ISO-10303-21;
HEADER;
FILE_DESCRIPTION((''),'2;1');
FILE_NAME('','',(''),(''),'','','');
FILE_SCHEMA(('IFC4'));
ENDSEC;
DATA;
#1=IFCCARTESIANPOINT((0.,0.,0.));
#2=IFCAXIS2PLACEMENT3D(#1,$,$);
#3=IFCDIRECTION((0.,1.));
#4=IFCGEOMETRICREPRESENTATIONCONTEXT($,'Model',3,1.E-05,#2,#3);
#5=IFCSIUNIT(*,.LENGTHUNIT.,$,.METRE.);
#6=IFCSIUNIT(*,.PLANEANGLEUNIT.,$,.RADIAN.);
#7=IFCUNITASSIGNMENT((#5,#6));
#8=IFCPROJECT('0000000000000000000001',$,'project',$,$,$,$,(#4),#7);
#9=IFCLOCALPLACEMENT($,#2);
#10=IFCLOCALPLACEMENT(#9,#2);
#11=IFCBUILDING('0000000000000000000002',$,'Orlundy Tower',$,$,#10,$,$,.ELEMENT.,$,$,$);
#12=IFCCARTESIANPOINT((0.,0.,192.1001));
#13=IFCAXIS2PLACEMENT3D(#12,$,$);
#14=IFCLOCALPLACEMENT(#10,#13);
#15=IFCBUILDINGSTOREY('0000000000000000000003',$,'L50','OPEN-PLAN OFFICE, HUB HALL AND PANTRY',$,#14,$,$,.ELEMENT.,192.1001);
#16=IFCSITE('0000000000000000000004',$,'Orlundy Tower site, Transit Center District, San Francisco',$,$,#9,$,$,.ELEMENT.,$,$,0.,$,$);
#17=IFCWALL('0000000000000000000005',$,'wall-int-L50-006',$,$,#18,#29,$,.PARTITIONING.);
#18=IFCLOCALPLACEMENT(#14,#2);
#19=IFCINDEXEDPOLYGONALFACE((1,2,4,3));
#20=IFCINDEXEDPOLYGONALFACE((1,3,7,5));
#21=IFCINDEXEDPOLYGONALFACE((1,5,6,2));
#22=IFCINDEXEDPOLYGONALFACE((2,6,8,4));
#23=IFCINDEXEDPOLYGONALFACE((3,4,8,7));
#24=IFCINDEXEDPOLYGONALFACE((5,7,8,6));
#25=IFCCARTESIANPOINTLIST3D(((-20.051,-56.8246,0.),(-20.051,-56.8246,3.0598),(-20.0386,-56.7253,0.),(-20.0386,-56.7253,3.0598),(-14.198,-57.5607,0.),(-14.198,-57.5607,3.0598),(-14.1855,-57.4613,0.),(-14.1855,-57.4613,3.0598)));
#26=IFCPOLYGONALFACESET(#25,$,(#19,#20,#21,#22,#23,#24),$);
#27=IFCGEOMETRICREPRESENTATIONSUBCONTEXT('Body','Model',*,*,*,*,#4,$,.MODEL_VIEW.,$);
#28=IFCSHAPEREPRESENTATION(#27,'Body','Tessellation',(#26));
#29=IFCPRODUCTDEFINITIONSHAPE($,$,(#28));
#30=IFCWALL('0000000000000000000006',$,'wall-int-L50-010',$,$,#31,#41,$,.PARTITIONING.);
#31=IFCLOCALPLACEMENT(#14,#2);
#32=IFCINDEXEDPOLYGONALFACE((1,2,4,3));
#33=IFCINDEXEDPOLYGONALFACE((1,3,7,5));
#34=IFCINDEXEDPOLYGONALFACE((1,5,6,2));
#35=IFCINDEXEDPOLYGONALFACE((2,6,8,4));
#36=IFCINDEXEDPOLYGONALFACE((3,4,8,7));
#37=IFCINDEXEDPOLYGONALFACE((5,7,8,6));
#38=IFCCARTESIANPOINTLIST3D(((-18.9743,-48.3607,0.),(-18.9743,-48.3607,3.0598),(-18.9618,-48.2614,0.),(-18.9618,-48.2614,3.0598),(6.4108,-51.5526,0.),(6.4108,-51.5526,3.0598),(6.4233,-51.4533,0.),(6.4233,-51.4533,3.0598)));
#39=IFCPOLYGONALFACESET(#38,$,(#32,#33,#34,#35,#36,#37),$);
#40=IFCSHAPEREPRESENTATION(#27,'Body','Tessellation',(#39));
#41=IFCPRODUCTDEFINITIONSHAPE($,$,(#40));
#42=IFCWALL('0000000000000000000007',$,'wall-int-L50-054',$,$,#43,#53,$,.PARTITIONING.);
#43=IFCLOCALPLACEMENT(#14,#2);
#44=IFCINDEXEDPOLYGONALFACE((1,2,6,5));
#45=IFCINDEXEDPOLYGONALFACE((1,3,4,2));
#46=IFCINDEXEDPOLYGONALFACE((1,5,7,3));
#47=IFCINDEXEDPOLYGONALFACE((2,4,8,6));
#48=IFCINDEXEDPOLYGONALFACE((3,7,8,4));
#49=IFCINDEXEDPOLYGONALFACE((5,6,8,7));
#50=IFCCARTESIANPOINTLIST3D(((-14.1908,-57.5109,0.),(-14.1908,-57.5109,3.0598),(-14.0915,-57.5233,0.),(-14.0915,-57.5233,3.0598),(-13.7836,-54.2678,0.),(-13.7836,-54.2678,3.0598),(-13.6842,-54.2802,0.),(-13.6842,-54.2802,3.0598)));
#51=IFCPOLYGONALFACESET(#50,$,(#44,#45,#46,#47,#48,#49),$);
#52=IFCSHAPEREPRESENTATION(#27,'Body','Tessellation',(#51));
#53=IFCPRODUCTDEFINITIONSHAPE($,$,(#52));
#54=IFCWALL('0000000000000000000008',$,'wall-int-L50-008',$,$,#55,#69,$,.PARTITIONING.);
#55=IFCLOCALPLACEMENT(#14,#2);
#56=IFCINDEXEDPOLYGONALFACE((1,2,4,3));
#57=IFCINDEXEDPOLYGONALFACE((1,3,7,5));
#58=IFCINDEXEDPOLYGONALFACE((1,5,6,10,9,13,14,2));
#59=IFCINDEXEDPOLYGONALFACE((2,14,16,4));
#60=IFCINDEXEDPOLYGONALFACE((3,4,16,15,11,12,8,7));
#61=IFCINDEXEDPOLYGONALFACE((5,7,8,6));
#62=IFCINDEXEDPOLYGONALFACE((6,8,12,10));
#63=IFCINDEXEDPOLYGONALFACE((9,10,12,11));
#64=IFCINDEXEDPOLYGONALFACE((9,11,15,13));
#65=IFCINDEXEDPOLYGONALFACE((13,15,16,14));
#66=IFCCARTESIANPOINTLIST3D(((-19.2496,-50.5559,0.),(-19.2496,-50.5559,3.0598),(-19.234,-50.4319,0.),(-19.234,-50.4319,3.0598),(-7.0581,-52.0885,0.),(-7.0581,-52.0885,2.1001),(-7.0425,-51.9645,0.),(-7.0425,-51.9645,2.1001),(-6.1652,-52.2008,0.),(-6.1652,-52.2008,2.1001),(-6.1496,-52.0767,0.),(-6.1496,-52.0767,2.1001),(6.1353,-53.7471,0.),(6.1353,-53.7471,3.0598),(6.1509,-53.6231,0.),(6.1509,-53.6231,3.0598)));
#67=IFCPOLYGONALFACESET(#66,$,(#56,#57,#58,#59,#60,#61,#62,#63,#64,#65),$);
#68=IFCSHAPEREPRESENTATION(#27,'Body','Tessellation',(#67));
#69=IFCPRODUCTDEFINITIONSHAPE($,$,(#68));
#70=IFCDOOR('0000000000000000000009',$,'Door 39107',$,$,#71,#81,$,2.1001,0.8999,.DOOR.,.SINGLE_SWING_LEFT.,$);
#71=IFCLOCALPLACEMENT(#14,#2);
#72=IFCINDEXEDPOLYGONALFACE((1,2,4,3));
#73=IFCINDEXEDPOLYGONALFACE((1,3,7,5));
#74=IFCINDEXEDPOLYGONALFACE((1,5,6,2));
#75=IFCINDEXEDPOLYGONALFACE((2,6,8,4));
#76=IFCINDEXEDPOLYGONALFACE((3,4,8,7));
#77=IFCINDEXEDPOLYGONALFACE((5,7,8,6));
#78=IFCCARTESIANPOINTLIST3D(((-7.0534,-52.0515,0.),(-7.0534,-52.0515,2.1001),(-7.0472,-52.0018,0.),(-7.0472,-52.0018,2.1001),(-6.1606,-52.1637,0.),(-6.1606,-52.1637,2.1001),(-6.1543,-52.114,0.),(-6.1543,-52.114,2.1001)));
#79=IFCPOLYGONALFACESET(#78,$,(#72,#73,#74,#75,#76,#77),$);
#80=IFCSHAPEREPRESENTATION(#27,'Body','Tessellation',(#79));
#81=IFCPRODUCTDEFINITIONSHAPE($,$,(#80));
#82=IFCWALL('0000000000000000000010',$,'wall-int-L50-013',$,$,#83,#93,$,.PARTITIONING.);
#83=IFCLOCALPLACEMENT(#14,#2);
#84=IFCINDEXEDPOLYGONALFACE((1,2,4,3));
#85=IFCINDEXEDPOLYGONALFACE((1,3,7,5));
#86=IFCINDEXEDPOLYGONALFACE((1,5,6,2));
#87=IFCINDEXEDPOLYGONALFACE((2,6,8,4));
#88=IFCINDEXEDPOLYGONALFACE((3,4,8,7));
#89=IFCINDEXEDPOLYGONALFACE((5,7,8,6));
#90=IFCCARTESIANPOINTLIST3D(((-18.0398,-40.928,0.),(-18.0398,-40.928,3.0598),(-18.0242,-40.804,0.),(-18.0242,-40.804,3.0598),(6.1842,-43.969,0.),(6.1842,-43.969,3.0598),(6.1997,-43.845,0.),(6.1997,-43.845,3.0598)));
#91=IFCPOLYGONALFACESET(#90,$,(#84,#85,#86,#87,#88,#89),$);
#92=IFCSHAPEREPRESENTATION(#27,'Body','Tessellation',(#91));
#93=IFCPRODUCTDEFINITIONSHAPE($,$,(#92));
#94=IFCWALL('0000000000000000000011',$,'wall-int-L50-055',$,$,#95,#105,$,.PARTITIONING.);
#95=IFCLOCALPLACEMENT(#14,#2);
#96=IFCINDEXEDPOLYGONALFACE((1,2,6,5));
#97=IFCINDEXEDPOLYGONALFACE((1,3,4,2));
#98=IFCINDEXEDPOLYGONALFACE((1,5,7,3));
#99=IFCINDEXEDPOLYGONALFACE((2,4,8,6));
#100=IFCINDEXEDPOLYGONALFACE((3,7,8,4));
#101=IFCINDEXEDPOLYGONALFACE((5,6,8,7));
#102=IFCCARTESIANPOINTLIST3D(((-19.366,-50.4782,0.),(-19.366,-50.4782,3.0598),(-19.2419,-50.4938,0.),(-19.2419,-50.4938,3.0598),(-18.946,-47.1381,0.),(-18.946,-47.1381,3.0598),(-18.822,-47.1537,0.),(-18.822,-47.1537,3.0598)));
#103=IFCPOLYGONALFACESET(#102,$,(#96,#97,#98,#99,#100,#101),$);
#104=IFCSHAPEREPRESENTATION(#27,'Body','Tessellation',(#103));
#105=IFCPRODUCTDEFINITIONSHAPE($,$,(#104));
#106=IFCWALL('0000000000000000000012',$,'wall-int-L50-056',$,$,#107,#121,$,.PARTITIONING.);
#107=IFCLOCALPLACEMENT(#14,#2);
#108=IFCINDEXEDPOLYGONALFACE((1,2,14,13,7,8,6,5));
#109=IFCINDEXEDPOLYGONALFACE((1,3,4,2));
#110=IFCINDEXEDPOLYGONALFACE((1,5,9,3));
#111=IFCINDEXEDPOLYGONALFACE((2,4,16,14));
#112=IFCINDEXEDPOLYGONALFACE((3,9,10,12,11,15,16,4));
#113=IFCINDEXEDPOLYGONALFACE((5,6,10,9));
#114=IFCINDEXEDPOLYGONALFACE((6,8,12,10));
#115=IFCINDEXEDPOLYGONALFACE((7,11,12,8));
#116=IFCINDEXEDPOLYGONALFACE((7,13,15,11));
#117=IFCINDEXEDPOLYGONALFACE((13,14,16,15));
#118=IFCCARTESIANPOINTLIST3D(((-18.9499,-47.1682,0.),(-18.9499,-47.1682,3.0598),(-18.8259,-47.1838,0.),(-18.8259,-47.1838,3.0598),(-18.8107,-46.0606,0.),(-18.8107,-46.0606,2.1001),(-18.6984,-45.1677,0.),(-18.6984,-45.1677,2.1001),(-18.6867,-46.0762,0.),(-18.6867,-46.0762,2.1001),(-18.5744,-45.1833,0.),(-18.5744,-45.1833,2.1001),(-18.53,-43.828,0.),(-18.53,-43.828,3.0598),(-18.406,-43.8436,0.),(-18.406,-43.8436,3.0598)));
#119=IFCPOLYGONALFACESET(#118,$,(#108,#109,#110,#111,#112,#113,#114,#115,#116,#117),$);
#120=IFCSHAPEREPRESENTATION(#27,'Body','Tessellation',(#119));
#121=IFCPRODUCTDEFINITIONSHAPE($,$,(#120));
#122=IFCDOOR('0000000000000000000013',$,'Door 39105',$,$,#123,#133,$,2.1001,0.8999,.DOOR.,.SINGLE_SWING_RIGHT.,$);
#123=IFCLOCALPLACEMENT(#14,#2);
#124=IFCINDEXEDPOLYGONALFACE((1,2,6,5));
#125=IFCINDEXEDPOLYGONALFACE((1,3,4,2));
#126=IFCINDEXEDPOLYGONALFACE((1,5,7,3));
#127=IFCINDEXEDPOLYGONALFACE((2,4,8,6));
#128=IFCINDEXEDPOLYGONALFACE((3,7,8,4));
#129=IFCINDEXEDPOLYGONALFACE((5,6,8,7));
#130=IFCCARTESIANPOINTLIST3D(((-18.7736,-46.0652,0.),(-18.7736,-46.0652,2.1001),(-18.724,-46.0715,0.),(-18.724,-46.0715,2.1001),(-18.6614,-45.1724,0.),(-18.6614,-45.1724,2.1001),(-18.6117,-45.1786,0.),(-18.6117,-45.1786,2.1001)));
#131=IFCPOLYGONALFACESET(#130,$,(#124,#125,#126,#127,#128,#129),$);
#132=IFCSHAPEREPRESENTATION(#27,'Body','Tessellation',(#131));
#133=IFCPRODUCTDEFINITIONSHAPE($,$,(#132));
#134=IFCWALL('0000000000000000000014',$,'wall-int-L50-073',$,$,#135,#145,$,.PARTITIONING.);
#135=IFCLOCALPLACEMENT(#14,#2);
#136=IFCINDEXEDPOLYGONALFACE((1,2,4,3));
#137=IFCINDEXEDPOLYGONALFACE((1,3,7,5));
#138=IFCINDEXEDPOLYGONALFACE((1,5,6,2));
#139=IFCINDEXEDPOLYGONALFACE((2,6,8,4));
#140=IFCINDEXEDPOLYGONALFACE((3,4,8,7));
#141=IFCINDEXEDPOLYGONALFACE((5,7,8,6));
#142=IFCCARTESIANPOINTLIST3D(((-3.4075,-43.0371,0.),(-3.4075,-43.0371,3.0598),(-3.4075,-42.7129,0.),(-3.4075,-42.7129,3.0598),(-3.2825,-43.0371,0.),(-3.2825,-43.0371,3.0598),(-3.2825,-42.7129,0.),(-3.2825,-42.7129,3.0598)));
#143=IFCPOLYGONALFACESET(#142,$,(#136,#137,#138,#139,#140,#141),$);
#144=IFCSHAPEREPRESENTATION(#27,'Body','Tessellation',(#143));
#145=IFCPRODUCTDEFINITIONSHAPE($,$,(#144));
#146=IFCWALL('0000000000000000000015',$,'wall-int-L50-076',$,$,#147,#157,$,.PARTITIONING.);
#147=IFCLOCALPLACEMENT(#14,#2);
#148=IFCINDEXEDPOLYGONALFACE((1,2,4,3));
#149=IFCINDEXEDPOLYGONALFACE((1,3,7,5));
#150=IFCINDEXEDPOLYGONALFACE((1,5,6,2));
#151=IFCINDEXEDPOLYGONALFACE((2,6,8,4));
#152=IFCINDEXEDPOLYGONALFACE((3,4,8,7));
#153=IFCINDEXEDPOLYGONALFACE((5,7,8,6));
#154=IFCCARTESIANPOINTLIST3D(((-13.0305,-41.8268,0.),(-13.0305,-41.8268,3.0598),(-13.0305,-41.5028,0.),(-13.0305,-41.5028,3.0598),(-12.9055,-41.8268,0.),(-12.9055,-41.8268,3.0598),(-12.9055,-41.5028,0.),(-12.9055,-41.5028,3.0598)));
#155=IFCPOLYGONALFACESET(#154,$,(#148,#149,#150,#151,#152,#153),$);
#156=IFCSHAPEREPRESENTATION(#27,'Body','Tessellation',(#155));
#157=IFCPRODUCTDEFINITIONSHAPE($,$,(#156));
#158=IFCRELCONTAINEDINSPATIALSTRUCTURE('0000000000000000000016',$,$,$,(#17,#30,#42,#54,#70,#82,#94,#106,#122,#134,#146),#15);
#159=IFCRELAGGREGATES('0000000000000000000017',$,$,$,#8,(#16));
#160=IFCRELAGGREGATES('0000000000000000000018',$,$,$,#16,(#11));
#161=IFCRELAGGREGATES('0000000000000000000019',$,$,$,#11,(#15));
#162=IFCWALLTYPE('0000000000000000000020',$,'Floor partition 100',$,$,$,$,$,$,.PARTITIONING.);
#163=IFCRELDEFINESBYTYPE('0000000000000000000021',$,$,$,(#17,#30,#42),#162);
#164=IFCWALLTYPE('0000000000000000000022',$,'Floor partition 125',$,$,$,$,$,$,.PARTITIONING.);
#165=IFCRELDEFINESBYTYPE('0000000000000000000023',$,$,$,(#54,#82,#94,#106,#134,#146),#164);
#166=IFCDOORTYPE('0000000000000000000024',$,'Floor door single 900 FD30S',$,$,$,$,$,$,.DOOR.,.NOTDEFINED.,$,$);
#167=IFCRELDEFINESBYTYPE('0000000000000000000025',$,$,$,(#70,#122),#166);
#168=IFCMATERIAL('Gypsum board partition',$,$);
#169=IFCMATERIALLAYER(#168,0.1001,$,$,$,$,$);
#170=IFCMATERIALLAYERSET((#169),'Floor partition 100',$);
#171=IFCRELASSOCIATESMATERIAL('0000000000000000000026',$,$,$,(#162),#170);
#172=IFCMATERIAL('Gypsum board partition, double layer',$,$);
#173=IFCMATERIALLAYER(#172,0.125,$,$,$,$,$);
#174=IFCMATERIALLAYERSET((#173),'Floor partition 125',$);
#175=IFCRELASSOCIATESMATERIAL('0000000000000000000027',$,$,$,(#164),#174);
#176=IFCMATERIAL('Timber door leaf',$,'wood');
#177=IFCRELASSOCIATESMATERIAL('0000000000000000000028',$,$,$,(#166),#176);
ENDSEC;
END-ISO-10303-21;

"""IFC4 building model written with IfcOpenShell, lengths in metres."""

from ifc_helpers import new_model, si_unit, direction, frame, frame_2d, origin, place, context, subcontext, project, spatial, rectangle, extrude, material, layer, layer_set, type_object, element, fill, save


model = new_model("IFC4")

# Units and contexts
model_context = context("Model", 3, precision=1e-05, world=origin(), true_north=direction((0.0, 1.0)))
body_context = subcontext(model_context, "Body", "Model", "MODEL_VIEW")
ifc_project = project(units=[si_unit("LENGTHUNIT", "METRE"), si_unit("PLANEANGLEUNIT", "RADIAN")], contexts=[model_context])

# Site, building, storey
site_placement = place(None, origin())
site = spatial("IfcSite", under=ifc_project, at=site_placement, Name="Orlundy Tower site, Transit Center District, San Francisco", CompositionType="ELEMENT", RefElevation=0.0)
building_placement = place(site_placement, origin())
building = spatial("IfcBuilding", under=site, at=building_placement, Name="Orlundy Tower", CompositionType="ELEMENT")
storey_placement = place(building_placement, frame((0.0, 0.0, 192.1001)))
storey = spatial("IfcBuildingStorey", under=building, at=storey_placement, Name="L50", Description="OPEN-PLAN OFFICE, HUB HALL AND PANTRY", CompositionType="ELEMENT", Elevation=192.1001)

# Walls
ifc_material_1 = material(Name="Gypsum board partition")
ifc_layer_1 = layer(ifc_material_1, 0.1001)
ifc_layer_set_1 = layer_set([ifc_layer_1], Name="Floor partition 100")
wall_type_1 = type_object("IfcWallType", Name="Floor partition 100", PredefinedType="PARTITIONING", material=ifc_layer_set_1)
wall_1_placement = place(storey_placement, frame((-20.0449, -56.7749, 0.0), z_axis=(0.0, 0.0, 1.0), x_axis=(0.992185, -0.124778, 0.0)))
element("IfcWall", 1, at=wall_1_placement, inside=storey, type_object=wall_type_1, Name="wall-int-L50-006", PredefinedType="PARTITIONING", context=body_context, shape_type="SweptSolid", body=[
    extrude(rectangle(XDim=5.8992, YDim=0.1001, at=frame_2d((2.9497, 0.0))), origin(), (0.0, 0.0, 1.0), 3.0598),
])
wall_2_placement = place(storey_placement, frame((-18.968, -48.311, 0.0), z_axis=(0.0, 0.0, 1.0), x_axis=(0.992187, -0.124757, 0.0)))
element("IfcWall", 2, at=wall_2_placement, inside=storey, type_object=wall_type_1, Name="wall-int-L50-010", PredefinedType="PARTITIONING", context=body_context, shape_type="SweptSolid", body=[
    extrude(rectangle(XDim=25.585, YDim=0.1001, at=frame_2d((12.7925, 0.0))), origin(), (0.0, 0.0, 1.0), 3.0598),
])
wall_3_placement = place(storey_placement, frame((-14.1411, -57.5171, 0.0), z_axis=(0.0, 0.0, 1.0), x_axis=(0.124586, 0.992209, 0.0)))
element("IfcWall", 3, at=wall_3_placement, inside=storey, type_object=wall_type_1, Name="wall-int-L50-054", PredefinedType="PARTITIONING", context=body_context, shape_type="SweptSolid", body=[
    extrude(rectangle(XDim=3.2686, YDim=0.1001, at=frame_2d((1.6343, 0.0))), origin(), (0.0, 0.0, 1.0), 3.0598),
])

# Wall, opening, door
ifc_material_2 = material(Name="Gypsum board partition, double layer")
ifc_layer_2 = layer(ifc_material_2, 0.125)
ifc_layer_set_2 = layer_set([ifc_layer_2], Name="Floor partition 125")
wall_type_2 = type_object("IfcWallType", Name="Floor partition 125", PredefinedType="PARTITIONING", material=ifc_layer_set_2)
wall_4_placement = place(storey_placement, frame((-19.2419, -50.4939, 0.0), z_axis=(0.0, 0.0, 1.0), x_axis=(0.992191, -0.124729, 0.0)))
wall_4 = element("IfcWall", 4, at=wall_4_placement, inside=storey, type_object=wall_type_2, Name="wall-int-L50-008", PredefinedType="PARTITIONING", context=body_context, shape_type="SweptSolid", body=[
    extrude(rectangle(XDim=25.5847, YDim=0.125, at=frame_2d((12.7925, 0.0))), origin(), (0.0, 0.0, 1.0), 3.0598),
])
opening_1_placement = place(wall_4_placement, frame((12.2876, 0.0, 0.0)))
opening_1 = element("IfcOpeningElement", 5, at=opening_1_placement, cuts=wall_4, PredefinedType="OPENING", context=body_context, shape_type="SweptSolid", body=[
    extrude(rectangle(XDim=0.8999, YDim=2.1001, at=frame_2d((0.45, 1.05))), frame((0.0, 0.0725, 0.0), z_axis=(0.0, -1.0, 0.0), x_axis=(1.0, 0.0, 0.0)), (0.0, 0.0, 1.0), 0.145),
])
ifc_material_3 = material(Name="Timber door leaf", Category="wood")
door_type = type_object("IfcDoorType", Name="Floor door single 900 FD30S", OperationType="NOTDEFINED", PredefinedType="DOOR", material=ifc_material_3)
door_1_placement = place(opening_1_placement, origin())
door_1 = element("IfcDoor", 6, at=door_1_placement, inside=storey, type_object=door_type, Name="Door 39107", OperationType="SINGLE_SWING_LEFT", OverallHeight=2.1001, OverallWidth=0.8999, PredefinedType="DOOR", context=body_context, shape_type="SweptSolid", body=[
    extrude(rectangle(XDim=0.8999, YDim=2.1001, at=frame_2d((0.45, 1.05))), frame((0.0, 0.0249, 0.0), z_axis=(0.0, -1.0, 0.0), x_axis=(1.0, 0.0, 0.0)), (0.0, 0.0, 1.0), 0.05),
])
fill(opening_1, door_1)

# Walls
wall_5_placement = place(storey_placement, frame((-18.032, -40.866, 0.0), z_axis=(0.0, 0.0, 1.0), x_axis=(0.992212, -0.12456, 0.0)))
element("IfcWall", 7, at=wall_5_placement, inside=storey, type_object=wall_type_2, Name="wall-int-L50-013", PredefinedType="PARTITIONING", context=body_context, shape_type="SweptSolid", body=[
    extrude(rectangle(XDim=24.4141, YDim=0.125, at=frame_2d((12.207, 0.0))), origin(), (0.0, 0.0, 1.0), 3.0598),
])
wall_6_placement = place(storey_placement, frame((-18.884, -47.146, 0.0), z_axis=(0.0, 0.0, 1.0), x_axis=(-0.12474, -0.992189, 0.0)))
element("IfcWall", 8, at=wall_6_placement, inside=storey, type_object=wall_type_2, Name="wall-int-L50-055", PredefinedType="PARTITIONING", context=body_context, shape_type="SweptSolid", body=[
    extrude(rectangle(XDim=3.3665, YDim=0.125, at=frame_2d((1.6831, 0.0))), origin(), (0.0, 0.0, 1.0), 3.0598),
])

# Wall, opening, door
wall_7_placement = place(storey_placement, frame((-18.468, -43.8359, 0.0), z_axis=(0.0, 0.0, 1.0), x_axis=(-0.12474, -0.992189, 0.0)))
wall_7 = element("IfcWall", 9, at=wall_7_placement, inside=storey, type_object=wall_type_2, Name="wall-int-L50-056", PredefinedType="PARTITIONING", context=body_context, shape_type="SweptSolid", body=[
    extrude(rectangle(XDim=3.3665, YDim=0.125, at=frame_2d((1.6831, 0.0))), origin(), (0.0, 0.0, 1.0), 3.0598),
])
opening_2_placement = place(wall_7_placement, frame((1.3501, 0.0, 0.0)))
opening_2 = element("IfcOpeningElement", 10, at=opening_2_placement, cuts=wall_7, PredefinedType="OPENING", context=body_context, shape_type="SweptSolid", body=[
    extrude(rectangle(XDim=0.8999, YDim=2.1001, at=frame_2d((0.45, 1.05))), frame((0.0, 0.0725, 0.0), z_axis=(0.0, -1.0, 0.0), x_axis=(1.0, 0.0, 0.0)), (0.0, 0.0, 1.0), 0.145),
])
door_2_placement = place(opening_2_placement, origin())
door_2 = element("IfcDoor", 11, at=door_2_placement, inside=storey, type_object=door_type, Name="Door 39105", OperationType="SINGLE_SWING_RIGHT", OverallHeight=2.1001, OverallWidth=0.8999, PredefinedType="DOOR", context=body_context, shape_type="SweptSolid", body=[
    extrude(rectangle(XDim=0.8999, YDim=2.1001, at=frame_2d((0.45, 1.05))), frame((0.0, 0.0249, 0.0), z_axis=(0.0, -1.0, 0.0), x_axis=(1.0, 0.0, 0.0)), (0.0, 0.0, 1.0), 0.05),
])
fill(opening_2, door_2)

# Walls
wall_8_placement = place(storey_placement, frame((-3.345, -43.0371, 0.0), z_axis=(0.0, 0.0, 1.0), x_axis=(0.0, 1.0, 0.0)))
element("IfcWall", 12, at=wall_8_placement, inside=storey, type_object=wall_type_2, Name="wall-int-L50-073", PredefinedType="PARTITIONING", context=body_context, shape_type="SweptSolid", body=[
    extrude(rectangle(XDim=0.3242, YDim=0.125, at=frame_2d((0.1621, 0.0))), origin(), (0.0, 0.0, 1.0), 3.0598),
])
wall_9_placement = place(storey_placement, frame((-12.968, -41.8269, 0.0), z_axis=(0.0, 0.0, 1.0), x_axis=(0.0, 1.0, 0.0)))
element("IfcWall", 13, at=wall_9_placement, inside=storey, type_object=wall_type_2, Name="wall-int-L50-076", PredefinedType="PARTITIONING", context=body_context, shape_type="SweptSolid", body=[
    extrude(rectangle(XDim=0.324, YDim=0.125, at=frame_2d((0.1621, 0.0))), origin(), (0.0, 0.0, 1.0), 3.0598),
])

save(model, "model.ifc")
